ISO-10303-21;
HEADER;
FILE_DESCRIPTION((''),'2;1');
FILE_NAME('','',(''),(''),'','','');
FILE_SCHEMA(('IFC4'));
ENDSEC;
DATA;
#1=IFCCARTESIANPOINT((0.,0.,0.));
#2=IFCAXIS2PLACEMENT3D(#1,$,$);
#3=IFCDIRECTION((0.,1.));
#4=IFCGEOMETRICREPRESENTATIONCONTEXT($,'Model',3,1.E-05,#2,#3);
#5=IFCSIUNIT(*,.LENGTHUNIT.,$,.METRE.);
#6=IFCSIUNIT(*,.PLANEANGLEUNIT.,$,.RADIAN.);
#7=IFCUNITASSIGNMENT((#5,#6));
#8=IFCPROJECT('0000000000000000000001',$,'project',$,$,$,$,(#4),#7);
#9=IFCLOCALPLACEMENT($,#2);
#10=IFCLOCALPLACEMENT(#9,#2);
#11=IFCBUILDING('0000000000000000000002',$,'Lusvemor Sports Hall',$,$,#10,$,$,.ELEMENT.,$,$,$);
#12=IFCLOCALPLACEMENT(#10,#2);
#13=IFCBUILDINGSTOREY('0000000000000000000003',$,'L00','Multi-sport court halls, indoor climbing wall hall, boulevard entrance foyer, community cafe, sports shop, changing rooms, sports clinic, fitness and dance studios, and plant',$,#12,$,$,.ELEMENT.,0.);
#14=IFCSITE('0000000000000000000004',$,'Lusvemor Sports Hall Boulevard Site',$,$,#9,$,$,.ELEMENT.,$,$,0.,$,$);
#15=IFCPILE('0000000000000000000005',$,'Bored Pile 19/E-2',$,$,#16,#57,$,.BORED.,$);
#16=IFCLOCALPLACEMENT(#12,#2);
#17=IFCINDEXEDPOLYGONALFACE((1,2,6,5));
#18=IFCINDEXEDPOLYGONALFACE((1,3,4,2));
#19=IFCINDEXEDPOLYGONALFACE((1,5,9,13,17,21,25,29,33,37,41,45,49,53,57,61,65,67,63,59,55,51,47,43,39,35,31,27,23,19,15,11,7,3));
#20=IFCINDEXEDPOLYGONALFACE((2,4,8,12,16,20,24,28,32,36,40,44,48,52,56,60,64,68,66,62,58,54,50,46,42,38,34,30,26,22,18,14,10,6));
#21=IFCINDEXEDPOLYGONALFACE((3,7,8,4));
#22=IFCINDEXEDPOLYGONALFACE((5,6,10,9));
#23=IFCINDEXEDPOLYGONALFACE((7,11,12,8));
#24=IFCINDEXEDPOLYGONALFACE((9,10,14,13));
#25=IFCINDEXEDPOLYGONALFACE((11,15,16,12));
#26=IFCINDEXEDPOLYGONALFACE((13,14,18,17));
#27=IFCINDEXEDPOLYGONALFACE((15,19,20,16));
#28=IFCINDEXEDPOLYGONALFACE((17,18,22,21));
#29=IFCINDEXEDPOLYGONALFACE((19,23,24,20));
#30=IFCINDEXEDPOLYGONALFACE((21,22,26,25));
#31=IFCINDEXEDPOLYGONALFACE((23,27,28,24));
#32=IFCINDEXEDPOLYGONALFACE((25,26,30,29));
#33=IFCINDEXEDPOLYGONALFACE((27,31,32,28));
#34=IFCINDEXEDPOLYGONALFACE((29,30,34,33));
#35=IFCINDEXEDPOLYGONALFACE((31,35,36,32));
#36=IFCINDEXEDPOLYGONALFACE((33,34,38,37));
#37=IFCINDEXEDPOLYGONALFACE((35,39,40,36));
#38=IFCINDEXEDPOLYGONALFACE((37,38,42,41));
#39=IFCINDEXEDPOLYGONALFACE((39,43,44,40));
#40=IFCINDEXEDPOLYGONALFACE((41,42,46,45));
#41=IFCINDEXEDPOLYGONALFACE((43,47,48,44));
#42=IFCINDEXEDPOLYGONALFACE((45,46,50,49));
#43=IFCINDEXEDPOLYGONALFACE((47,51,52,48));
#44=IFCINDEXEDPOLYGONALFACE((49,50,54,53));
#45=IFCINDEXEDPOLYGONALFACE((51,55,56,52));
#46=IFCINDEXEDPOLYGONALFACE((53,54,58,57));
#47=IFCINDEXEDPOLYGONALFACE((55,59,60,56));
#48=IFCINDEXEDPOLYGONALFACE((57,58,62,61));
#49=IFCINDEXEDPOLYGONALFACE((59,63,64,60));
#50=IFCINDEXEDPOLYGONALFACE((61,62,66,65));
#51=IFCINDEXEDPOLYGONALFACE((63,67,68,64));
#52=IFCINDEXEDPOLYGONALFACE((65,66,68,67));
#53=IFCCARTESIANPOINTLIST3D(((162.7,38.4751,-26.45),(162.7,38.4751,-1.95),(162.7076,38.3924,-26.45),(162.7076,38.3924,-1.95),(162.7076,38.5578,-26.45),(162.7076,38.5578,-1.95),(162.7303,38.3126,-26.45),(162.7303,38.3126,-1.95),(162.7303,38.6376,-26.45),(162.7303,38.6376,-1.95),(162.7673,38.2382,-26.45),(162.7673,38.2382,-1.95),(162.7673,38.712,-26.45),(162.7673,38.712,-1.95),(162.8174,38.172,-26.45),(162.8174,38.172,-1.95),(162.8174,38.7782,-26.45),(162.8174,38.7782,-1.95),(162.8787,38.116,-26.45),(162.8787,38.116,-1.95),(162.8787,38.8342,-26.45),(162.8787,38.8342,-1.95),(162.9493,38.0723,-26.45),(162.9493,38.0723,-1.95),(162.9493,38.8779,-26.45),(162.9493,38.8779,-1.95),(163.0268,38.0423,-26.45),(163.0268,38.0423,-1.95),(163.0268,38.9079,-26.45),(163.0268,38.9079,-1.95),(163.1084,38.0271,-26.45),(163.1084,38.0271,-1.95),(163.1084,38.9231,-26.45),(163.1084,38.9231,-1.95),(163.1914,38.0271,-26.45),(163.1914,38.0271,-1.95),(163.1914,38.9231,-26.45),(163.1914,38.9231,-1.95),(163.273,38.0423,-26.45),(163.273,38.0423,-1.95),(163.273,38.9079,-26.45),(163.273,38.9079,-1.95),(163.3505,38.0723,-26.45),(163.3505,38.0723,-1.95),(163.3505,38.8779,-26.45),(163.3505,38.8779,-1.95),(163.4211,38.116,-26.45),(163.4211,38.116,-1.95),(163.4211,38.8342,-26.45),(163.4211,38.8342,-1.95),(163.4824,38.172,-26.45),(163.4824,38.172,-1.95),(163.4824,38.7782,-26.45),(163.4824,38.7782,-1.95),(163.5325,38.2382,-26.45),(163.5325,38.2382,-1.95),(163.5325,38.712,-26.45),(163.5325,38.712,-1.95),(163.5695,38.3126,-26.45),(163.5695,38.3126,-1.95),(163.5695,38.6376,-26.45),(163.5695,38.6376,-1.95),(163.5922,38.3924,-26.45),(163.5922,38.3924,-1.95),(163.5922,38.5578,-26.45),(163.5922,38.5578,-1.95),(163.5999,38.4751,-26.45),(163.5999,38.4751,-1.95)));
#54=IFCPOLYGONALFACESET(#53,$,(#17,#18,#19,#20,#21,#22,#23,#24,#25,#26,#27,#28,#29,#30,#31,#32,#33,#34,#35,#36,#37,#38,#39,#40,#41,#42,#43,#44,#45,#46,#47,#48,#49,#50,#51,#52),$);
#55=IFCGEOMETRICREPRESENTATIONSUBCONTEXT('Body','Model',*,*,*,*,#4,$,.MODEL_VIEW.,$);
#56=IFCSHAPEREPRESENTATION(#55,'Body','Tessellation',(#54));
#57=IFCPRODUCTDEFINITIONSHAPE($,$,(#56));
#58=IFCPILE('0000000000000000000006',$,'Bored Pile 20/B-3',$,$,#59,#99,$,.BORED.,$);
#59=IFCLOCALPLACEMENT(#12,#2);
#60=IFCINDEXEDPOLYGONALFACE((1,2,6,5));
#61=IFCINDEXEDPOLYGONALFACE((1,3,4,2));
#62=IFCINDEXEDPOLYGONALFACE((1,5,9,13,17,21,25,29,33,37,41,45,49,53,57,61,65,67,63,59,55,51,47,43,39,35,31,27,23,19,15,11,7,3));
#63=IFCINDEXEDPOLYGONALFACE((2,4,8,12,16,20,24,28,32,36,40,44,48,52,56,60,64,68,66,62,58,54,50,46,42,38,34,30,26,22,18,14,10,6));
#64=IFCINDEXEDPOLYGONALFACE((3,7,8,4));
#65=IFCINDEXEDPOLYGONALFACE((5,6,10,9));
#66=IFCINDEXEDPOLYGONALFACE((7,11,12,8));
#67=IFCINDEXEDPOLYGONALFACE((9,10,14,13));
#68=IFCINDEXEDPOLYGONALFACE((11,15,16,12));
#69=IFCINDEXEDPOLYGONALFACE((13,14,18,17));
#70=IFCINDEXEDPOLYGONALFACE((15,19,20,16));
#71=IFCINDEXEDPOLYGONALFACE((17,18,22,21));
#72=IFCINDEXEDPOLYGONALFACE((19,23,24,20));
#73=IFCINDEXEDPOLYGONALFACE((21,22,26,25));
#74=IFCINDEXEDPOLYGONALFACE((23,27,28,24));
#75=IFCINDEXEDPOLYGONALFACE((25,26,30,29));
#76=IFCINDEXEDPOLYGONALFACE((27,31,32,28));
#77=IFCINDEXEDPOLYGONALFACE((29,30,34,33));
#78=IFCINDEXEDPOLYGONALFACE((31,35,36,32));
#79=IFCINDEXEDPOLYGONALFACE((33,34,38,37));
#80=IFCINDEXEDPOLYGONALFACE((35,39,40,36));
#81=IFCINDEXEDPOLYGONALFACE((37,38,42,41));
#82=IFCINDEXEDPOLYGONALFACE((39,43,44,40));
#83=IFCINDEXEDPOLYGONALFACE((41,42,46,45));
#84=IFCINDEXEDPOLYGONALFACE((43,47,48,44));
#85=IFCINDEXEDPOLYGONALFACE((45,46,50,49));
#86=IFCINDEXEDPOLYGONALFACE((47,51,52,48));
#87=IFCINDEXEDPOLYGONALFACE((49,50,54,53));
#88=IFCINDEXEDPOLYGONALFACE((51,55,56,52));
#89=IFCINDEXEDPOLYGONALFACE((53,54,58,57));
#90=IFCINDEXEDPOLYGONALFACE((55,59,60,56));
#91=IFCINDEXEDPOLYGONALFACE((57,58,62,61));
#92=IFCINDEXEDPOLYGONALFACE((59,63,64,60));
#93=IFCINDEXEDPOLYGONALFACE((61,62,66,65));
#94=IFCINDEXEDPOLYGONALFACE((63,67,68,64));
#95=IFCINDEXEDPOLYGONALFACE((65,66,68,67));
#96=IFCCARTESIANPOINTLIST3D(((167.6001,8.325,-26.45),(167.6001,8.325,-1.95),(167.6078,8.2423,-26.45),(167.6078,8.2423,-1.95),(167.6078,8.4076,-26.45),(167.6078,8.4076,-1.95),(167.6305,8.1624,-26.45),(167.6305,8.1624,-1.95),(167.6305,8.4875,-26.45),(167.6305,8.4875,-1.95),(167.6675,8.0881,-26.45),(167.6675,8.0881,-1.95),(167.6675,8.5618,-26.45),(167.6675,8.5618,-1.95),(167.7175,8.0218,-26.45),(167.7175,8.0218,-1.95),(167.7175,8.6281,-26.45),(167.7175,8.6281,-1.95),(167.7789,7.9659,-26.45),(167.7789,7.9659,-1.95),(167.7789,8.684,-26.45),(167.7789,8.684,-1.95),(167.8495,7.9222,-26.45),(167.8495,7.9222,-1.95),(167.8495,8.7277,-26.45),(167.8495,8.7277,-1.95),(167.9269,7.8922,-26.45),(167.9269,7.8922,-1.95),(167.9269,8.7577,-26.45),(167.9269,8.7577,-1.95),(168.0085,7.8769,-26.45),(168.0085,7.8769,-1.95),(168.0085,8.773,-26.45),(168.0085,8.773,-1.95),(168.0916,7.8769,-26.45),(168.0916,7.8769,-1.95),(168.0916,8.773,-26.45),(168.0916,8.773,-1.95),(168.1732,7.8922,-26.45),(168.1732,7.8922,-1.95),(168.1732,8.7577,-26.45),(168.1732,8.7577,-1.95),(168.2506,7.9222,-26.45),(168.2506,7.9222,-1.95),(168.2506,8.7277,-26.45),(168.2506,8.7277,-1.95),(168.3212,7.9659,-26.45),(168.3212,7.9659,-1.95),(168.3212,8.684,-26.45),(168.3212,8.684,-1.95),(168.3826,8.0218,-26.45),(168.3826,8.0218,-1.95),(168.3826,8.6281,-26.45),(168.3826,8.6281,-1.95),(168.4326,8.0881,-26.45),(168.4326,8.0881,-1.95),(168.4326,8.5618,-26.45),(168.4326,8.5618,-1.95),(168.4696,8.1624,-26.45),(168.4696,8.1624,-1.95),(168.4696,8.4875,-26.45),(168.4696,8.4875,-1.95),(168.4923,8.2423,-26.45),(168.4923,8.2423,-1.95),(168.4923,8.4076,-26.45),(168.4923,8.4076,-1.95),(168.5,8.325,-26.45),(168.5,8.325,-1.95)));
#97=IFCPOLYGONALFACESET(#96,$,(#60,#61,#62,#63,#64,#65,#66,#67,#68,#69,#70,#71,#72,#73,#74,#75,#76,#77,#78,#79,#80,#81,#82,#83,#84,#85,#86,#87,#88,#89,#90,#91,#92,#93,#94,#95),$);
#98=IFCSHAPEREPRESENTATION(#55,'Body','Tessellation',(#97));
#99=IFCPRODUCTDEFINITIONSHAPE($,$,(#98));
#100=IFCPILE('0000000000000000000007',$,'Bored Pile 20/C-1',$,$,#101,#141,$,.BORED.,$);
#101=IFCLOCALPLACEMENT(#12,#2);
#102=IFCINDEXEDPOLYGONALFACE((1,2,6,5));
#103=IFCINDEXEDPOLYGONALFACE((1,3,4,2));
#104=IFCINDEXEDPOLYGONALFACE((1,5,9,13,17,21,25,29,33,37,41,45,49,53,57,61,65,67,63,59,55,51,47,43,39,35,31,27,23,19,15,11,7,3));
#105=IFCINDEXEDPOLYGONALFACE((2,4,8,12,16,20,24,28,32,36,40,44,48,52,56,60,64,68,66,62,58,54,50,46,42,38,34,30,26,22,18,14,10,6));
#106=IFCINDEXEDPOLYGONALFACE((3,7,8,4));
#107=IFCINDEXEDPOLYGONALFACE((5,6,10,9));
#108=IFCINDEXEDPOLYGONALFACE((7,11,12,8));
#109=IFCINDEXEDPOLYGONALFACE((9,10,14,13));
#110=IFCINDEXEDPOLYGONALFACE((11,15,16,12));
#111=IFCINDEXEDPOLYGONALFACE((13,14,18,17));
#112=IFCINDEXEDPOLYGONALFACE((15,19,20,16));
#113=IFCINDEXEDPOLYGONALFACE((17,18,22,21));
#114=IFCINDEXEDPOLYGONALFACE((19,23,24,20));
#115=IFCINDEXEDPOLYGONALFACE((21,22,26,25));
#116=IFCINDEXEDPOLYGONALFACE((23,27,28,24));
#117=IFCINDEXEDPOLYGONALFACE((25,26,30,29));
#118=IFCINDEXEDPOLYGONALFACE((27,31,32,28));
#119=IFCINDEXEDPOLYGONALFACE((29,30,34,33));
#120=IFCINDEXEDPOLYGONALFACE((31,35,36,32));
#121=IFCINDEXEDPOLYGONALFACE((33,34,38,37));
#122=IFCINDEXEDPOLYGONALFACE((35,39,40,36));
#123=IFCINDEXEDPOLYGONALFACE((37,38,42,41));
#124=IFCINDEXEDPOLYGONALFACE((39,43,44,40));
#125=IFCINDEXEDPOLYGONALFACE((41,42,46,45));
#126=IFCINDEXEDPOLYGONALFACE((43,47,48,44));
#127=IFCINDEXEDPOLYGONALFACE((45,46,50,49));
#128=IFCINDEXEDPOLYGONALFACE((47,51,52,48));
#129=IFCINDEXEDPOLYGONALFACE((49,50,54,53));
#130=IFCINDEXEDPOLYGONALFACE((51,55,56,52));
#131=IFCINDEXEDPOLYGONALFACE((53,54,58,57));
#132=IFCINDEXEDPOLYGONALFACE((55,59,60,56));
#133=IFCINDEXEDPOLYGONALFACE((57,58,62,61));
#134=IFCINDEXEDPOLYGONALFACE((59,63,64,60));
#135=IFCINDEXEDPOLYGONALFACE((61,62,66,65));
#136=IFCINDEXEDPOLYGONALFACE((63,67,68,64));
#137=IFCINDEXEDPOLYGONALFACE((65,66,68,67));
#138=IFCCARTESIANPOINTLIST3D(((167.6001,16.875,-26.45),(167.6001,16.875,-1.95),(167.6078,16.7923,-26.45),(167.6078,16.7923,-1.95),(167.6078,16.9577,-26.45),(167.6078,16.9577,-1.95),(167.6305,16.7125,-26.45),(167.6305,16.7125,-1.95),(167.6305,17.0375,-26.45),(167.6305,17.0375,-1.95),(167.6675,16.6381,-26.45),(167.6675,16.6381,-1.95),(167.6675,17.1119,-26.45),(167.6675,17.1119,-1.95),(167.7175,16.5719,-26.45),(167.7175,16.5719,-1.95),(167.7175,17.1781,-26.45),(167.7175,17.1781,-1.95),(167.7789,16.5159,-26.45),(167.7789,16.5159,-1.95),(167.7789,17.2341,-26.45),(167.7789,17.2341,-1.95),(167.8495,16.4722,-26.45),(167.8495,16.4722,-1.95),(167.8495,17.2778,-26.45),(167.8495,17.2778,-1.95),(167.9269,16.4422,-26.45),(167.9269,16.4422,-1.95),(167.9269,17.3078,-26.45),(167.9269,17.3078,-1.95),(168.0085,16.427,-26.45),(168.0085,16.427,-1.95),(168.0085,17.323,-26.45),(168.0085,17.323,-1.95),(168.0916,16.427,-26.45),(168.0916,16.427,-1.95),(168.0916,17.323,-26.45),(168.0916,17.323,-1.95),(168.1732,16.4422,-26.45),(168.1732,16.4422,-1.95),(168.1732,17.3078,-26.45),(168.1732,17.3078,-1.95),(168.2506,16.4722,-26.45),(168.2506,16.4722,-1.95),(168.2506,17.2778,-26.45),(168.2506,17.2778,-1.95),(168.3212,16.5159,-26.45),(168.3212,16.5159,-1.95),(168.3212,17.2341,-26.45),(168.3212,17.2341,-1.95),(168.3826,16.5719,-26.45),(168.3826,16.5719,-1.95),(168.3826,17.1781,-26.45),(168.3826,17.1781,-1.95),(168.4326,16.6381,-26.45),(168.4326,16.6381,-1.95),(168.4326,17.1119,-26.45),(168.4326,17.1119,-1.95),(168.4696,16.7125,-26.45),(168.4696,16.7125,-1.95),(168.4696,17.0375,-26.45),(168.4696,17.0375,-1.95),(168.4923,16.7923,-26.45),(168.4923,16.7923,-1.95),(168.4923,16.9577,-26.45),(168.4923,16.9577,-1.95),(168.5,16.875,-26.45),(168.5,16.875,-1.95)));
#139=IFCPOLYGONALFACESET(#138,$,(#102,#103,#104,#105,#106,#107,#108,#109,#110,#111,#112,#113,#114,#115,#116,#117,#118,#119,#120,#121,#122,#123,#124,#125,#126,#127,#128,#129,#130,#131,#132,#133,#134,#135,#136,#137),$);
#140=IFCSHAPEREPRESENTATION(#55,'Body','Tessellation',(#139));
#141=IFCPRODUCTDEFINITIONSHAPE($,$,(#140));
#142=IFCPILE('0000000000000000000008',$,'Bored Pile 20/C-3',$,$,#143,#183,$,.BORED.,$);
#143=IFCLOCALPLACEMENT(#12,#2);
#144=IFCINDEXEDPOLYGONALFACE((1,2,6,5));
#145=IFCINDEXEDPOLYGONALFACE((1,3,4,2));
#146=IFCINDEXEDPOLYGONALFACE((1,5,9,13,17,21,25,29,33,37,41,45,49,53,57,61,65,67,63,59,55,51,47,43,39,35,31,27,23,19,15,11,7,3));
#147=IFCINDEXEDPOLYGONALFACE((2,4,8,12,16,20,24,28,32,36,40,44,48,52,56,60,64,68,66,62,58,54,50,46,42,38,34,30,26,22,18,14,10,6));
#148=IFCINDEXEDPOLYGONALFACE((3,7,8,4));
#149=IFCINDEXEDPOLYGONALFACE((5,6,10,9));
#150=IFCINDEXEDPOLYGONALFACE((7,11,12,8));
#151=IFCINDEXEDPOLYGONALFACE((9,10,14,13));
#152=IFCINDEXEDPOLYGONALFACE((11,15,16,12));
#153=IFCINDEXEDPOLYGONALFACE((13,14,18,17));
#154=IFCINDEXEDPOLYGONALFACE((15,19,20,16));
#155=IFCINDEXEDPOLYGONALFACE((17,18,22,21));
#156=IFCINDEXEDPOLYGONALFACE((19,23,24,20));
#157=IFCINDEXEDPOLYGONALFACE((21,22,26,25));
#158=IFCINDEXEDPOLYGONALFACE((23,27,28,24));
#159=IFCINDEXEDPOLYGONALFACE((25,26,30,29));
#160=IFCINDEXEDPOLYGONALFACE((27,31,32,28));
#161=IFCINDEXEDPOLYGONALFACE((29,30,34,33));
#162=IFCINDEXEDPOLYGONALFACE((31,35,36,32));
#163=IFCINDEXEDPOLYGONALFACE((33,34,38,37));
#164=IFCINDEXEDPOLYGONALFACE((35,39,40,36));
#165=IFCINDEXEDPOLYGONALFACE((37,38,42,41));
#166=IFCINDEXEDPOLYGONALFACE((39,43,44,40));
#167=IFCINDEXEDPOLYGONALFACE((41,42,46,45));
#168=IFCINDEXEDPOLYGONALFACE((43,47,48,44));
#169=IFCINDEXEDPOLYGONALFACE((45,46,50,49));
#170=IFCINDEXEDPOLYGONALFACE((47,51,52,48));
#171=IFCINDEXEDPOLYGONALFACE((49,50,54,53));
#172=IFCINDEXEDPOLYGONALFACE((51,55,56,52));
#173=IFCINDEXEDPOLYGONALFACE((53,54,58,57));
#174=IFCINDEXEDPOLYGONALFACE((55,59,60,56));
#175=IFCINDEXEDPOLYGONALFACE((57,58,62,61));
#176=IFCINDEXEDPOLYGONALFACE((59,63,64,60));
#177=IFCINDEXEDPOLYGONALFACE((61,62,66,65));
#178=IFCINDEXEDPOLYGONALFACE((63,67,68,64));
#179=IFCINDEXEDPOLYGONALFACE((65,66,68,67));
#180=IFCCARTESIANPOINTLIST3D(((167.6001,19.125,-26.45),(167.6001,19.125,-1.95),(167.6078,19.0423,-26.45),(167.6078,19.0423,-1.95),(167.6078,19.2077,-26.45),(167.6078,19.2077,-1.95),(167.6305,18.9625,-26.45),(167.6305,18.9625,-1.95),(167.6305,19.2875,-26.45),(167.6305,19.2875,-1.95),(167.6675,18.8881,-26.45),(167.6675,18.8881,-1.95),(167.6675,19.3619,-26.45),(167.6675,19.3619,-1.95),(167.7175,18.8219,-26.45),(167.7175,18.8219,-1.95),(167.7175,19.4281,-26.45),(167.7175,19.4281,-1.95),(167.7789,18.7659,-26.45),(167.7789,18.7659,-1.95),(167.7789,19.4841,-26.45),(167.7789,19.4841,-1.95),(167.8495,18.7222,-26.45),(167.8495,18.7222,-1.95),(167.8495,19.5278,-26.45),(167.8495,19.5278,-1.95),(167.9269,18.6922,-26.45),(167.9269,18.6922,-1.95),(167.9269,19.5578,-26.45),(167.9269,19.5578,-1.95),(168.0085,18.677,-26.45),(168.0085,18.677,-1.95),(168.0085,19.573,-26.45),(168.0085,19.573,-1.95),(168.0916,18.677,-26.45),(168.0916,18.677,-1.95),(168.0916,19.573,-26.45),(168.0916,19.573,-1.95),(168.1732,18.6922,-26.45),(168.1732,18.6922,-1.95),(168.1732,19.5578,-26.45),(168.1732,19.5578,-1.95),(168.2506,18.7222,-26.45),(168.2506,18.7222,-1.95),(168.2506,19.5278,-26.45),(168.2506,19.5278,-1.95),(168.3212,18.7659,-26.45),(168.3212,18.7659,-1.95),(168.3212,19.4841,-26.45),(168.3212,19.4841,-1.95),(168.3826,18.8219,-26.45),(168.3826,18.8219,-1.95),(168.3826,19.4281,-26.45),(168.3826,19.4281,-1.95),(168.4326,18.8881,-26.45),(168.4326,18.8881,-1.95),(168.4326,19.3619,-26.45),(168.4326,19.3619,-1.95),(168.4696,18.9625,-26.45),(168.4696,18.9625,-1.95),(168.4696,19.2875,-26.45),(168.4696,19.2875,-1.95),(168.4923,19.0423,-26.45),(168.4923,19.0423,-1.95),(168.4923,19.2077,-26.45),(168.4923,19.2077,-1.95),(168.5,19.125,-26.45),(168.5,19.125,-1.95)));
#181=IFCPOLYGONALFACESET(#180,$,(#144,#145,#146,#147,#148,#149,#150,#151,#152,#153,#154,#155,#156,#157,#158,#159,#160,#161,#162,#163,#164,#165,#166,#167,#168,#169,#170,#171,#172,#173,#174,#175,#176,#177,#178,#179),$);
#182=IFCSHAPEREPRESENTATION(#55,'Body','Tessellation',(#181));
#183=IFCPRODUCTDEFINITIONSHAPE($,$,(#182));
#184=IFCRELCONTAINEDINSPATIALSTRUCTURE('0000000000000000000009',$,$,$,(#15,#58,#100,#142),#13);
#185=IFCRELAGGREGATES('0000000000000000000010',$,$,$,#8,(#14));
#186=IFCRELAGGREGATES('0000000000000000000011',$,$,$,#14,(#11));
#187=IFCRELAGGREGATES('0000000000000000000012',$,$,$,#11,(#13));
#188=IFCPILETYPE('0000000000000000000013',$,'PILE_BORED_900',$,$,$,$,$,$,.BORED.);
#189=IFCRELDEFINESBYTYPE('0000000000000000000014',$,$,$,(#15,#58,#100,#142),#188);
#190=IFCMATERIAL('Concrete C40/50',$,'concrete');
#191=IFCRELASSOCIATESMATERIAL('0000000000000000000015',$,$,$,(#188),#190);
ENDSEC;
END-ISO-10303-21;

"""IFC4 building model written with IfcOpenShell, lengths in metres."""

from ifc_helpers import new_model, si_unit, direction, frame, origin, origin_2d, place, context, subcontext, project, spatial, circle, extrude, material, material_profile, profile_set, type_object, element, save


model = new_model("IFC4")

# Units and contexts
model_context = context("Model", 3, precision=1e-05, world=origin(), true_north=direction((0.0, 1.0)))
body_context = subcontext(model_context, "Body", "Model", "MODEL_VIEW")
ifc_project = project(units=[si_unit("LENGTHUNIT", "METRE"), si_unit("PLANEANGLEUNIT", "RADIAN")], contexts=[model_context])

# Site, building, storey
site_placement = place(None, origin())
site = spatial("IfcSite", under=ifc_project, at=site_placement, Name="Lusvemor Sports Hall Boulevard Site", CompositionType="ELEMENT", RefElevation=0.0)
building_placement = place(site_placement, origin())
building = spatial("IfcBuilding", under=site, at=building_placement, Name="Lusvemor Sports Hall", CompositionType="ELEMENT")
storey_placement = place(building_placement, origin())
storey = spatial("IfcBuildingStorey", under=building, at=storey_placement, Name="L00", Description="Multi-sport court halls, indoor climbing wall hall, boulevard entrance foyer, community cafe, sports shop, changing rooms, sports clinic, fitness and dance studios, and plant", CompositionType="ELEMENT", Elevation=0.0)

# Piles
ifc_material_1 = material(Name="Concrete C40/50", Category="concrete")
ifc_material_profile_1 = material_profile(ifc_material_1, circle(Radius=0.45, at=origin_2d()), Name="PILE900")
ifc_profile_set_1 = profile_set([ifc_material_profile_1], Name="Concrete C40/50")
pile_type = type_object("IfcPileType", Name="PILE_BORED_900", PredefinedType="BORED", material=ifc_profile_set_1)
for number, where, z_axis, x_axis, name in (
    (1, (163.1499, 38.4751, -1.95), (0.0, 0.0, -1.0), (1.0, 0.0, 0.0), "Bored Pile 19/E-2"),
    (2, (168.05, 8.325, -1.95), (0.0, 0.0, -1.0), (1.0, 0.0, 0.0), "Bored Pile 20/B-3"),
    (3, (168.05, 16.875, -1.95), (0.0, 0.0, -1.0), (1.0, 0.0, 0.0), "Bored Pile 20/C-1"),
    (4, (168.05, 19.125, -1.95), (0.0, 0.0, -1.0), (1.0, 0.0, 0.0), "Bored Pile 20/C-3"),
):
    element("IfcPile", number, at=place(storey_placement, frame(where, z_axis=z_axis, x_axis=x_axis)), inside=storey, type_object=pile_type, Name=name, PredefinedType="BORED", context=body_context, shape_type="SweptSolid", body=[
        extrude(circle(Radius=0.45, at=origin_2d()), origin(), (0.0, 0.0, 1.0), 24.5),
    ])

save(model, "model.ifc")
